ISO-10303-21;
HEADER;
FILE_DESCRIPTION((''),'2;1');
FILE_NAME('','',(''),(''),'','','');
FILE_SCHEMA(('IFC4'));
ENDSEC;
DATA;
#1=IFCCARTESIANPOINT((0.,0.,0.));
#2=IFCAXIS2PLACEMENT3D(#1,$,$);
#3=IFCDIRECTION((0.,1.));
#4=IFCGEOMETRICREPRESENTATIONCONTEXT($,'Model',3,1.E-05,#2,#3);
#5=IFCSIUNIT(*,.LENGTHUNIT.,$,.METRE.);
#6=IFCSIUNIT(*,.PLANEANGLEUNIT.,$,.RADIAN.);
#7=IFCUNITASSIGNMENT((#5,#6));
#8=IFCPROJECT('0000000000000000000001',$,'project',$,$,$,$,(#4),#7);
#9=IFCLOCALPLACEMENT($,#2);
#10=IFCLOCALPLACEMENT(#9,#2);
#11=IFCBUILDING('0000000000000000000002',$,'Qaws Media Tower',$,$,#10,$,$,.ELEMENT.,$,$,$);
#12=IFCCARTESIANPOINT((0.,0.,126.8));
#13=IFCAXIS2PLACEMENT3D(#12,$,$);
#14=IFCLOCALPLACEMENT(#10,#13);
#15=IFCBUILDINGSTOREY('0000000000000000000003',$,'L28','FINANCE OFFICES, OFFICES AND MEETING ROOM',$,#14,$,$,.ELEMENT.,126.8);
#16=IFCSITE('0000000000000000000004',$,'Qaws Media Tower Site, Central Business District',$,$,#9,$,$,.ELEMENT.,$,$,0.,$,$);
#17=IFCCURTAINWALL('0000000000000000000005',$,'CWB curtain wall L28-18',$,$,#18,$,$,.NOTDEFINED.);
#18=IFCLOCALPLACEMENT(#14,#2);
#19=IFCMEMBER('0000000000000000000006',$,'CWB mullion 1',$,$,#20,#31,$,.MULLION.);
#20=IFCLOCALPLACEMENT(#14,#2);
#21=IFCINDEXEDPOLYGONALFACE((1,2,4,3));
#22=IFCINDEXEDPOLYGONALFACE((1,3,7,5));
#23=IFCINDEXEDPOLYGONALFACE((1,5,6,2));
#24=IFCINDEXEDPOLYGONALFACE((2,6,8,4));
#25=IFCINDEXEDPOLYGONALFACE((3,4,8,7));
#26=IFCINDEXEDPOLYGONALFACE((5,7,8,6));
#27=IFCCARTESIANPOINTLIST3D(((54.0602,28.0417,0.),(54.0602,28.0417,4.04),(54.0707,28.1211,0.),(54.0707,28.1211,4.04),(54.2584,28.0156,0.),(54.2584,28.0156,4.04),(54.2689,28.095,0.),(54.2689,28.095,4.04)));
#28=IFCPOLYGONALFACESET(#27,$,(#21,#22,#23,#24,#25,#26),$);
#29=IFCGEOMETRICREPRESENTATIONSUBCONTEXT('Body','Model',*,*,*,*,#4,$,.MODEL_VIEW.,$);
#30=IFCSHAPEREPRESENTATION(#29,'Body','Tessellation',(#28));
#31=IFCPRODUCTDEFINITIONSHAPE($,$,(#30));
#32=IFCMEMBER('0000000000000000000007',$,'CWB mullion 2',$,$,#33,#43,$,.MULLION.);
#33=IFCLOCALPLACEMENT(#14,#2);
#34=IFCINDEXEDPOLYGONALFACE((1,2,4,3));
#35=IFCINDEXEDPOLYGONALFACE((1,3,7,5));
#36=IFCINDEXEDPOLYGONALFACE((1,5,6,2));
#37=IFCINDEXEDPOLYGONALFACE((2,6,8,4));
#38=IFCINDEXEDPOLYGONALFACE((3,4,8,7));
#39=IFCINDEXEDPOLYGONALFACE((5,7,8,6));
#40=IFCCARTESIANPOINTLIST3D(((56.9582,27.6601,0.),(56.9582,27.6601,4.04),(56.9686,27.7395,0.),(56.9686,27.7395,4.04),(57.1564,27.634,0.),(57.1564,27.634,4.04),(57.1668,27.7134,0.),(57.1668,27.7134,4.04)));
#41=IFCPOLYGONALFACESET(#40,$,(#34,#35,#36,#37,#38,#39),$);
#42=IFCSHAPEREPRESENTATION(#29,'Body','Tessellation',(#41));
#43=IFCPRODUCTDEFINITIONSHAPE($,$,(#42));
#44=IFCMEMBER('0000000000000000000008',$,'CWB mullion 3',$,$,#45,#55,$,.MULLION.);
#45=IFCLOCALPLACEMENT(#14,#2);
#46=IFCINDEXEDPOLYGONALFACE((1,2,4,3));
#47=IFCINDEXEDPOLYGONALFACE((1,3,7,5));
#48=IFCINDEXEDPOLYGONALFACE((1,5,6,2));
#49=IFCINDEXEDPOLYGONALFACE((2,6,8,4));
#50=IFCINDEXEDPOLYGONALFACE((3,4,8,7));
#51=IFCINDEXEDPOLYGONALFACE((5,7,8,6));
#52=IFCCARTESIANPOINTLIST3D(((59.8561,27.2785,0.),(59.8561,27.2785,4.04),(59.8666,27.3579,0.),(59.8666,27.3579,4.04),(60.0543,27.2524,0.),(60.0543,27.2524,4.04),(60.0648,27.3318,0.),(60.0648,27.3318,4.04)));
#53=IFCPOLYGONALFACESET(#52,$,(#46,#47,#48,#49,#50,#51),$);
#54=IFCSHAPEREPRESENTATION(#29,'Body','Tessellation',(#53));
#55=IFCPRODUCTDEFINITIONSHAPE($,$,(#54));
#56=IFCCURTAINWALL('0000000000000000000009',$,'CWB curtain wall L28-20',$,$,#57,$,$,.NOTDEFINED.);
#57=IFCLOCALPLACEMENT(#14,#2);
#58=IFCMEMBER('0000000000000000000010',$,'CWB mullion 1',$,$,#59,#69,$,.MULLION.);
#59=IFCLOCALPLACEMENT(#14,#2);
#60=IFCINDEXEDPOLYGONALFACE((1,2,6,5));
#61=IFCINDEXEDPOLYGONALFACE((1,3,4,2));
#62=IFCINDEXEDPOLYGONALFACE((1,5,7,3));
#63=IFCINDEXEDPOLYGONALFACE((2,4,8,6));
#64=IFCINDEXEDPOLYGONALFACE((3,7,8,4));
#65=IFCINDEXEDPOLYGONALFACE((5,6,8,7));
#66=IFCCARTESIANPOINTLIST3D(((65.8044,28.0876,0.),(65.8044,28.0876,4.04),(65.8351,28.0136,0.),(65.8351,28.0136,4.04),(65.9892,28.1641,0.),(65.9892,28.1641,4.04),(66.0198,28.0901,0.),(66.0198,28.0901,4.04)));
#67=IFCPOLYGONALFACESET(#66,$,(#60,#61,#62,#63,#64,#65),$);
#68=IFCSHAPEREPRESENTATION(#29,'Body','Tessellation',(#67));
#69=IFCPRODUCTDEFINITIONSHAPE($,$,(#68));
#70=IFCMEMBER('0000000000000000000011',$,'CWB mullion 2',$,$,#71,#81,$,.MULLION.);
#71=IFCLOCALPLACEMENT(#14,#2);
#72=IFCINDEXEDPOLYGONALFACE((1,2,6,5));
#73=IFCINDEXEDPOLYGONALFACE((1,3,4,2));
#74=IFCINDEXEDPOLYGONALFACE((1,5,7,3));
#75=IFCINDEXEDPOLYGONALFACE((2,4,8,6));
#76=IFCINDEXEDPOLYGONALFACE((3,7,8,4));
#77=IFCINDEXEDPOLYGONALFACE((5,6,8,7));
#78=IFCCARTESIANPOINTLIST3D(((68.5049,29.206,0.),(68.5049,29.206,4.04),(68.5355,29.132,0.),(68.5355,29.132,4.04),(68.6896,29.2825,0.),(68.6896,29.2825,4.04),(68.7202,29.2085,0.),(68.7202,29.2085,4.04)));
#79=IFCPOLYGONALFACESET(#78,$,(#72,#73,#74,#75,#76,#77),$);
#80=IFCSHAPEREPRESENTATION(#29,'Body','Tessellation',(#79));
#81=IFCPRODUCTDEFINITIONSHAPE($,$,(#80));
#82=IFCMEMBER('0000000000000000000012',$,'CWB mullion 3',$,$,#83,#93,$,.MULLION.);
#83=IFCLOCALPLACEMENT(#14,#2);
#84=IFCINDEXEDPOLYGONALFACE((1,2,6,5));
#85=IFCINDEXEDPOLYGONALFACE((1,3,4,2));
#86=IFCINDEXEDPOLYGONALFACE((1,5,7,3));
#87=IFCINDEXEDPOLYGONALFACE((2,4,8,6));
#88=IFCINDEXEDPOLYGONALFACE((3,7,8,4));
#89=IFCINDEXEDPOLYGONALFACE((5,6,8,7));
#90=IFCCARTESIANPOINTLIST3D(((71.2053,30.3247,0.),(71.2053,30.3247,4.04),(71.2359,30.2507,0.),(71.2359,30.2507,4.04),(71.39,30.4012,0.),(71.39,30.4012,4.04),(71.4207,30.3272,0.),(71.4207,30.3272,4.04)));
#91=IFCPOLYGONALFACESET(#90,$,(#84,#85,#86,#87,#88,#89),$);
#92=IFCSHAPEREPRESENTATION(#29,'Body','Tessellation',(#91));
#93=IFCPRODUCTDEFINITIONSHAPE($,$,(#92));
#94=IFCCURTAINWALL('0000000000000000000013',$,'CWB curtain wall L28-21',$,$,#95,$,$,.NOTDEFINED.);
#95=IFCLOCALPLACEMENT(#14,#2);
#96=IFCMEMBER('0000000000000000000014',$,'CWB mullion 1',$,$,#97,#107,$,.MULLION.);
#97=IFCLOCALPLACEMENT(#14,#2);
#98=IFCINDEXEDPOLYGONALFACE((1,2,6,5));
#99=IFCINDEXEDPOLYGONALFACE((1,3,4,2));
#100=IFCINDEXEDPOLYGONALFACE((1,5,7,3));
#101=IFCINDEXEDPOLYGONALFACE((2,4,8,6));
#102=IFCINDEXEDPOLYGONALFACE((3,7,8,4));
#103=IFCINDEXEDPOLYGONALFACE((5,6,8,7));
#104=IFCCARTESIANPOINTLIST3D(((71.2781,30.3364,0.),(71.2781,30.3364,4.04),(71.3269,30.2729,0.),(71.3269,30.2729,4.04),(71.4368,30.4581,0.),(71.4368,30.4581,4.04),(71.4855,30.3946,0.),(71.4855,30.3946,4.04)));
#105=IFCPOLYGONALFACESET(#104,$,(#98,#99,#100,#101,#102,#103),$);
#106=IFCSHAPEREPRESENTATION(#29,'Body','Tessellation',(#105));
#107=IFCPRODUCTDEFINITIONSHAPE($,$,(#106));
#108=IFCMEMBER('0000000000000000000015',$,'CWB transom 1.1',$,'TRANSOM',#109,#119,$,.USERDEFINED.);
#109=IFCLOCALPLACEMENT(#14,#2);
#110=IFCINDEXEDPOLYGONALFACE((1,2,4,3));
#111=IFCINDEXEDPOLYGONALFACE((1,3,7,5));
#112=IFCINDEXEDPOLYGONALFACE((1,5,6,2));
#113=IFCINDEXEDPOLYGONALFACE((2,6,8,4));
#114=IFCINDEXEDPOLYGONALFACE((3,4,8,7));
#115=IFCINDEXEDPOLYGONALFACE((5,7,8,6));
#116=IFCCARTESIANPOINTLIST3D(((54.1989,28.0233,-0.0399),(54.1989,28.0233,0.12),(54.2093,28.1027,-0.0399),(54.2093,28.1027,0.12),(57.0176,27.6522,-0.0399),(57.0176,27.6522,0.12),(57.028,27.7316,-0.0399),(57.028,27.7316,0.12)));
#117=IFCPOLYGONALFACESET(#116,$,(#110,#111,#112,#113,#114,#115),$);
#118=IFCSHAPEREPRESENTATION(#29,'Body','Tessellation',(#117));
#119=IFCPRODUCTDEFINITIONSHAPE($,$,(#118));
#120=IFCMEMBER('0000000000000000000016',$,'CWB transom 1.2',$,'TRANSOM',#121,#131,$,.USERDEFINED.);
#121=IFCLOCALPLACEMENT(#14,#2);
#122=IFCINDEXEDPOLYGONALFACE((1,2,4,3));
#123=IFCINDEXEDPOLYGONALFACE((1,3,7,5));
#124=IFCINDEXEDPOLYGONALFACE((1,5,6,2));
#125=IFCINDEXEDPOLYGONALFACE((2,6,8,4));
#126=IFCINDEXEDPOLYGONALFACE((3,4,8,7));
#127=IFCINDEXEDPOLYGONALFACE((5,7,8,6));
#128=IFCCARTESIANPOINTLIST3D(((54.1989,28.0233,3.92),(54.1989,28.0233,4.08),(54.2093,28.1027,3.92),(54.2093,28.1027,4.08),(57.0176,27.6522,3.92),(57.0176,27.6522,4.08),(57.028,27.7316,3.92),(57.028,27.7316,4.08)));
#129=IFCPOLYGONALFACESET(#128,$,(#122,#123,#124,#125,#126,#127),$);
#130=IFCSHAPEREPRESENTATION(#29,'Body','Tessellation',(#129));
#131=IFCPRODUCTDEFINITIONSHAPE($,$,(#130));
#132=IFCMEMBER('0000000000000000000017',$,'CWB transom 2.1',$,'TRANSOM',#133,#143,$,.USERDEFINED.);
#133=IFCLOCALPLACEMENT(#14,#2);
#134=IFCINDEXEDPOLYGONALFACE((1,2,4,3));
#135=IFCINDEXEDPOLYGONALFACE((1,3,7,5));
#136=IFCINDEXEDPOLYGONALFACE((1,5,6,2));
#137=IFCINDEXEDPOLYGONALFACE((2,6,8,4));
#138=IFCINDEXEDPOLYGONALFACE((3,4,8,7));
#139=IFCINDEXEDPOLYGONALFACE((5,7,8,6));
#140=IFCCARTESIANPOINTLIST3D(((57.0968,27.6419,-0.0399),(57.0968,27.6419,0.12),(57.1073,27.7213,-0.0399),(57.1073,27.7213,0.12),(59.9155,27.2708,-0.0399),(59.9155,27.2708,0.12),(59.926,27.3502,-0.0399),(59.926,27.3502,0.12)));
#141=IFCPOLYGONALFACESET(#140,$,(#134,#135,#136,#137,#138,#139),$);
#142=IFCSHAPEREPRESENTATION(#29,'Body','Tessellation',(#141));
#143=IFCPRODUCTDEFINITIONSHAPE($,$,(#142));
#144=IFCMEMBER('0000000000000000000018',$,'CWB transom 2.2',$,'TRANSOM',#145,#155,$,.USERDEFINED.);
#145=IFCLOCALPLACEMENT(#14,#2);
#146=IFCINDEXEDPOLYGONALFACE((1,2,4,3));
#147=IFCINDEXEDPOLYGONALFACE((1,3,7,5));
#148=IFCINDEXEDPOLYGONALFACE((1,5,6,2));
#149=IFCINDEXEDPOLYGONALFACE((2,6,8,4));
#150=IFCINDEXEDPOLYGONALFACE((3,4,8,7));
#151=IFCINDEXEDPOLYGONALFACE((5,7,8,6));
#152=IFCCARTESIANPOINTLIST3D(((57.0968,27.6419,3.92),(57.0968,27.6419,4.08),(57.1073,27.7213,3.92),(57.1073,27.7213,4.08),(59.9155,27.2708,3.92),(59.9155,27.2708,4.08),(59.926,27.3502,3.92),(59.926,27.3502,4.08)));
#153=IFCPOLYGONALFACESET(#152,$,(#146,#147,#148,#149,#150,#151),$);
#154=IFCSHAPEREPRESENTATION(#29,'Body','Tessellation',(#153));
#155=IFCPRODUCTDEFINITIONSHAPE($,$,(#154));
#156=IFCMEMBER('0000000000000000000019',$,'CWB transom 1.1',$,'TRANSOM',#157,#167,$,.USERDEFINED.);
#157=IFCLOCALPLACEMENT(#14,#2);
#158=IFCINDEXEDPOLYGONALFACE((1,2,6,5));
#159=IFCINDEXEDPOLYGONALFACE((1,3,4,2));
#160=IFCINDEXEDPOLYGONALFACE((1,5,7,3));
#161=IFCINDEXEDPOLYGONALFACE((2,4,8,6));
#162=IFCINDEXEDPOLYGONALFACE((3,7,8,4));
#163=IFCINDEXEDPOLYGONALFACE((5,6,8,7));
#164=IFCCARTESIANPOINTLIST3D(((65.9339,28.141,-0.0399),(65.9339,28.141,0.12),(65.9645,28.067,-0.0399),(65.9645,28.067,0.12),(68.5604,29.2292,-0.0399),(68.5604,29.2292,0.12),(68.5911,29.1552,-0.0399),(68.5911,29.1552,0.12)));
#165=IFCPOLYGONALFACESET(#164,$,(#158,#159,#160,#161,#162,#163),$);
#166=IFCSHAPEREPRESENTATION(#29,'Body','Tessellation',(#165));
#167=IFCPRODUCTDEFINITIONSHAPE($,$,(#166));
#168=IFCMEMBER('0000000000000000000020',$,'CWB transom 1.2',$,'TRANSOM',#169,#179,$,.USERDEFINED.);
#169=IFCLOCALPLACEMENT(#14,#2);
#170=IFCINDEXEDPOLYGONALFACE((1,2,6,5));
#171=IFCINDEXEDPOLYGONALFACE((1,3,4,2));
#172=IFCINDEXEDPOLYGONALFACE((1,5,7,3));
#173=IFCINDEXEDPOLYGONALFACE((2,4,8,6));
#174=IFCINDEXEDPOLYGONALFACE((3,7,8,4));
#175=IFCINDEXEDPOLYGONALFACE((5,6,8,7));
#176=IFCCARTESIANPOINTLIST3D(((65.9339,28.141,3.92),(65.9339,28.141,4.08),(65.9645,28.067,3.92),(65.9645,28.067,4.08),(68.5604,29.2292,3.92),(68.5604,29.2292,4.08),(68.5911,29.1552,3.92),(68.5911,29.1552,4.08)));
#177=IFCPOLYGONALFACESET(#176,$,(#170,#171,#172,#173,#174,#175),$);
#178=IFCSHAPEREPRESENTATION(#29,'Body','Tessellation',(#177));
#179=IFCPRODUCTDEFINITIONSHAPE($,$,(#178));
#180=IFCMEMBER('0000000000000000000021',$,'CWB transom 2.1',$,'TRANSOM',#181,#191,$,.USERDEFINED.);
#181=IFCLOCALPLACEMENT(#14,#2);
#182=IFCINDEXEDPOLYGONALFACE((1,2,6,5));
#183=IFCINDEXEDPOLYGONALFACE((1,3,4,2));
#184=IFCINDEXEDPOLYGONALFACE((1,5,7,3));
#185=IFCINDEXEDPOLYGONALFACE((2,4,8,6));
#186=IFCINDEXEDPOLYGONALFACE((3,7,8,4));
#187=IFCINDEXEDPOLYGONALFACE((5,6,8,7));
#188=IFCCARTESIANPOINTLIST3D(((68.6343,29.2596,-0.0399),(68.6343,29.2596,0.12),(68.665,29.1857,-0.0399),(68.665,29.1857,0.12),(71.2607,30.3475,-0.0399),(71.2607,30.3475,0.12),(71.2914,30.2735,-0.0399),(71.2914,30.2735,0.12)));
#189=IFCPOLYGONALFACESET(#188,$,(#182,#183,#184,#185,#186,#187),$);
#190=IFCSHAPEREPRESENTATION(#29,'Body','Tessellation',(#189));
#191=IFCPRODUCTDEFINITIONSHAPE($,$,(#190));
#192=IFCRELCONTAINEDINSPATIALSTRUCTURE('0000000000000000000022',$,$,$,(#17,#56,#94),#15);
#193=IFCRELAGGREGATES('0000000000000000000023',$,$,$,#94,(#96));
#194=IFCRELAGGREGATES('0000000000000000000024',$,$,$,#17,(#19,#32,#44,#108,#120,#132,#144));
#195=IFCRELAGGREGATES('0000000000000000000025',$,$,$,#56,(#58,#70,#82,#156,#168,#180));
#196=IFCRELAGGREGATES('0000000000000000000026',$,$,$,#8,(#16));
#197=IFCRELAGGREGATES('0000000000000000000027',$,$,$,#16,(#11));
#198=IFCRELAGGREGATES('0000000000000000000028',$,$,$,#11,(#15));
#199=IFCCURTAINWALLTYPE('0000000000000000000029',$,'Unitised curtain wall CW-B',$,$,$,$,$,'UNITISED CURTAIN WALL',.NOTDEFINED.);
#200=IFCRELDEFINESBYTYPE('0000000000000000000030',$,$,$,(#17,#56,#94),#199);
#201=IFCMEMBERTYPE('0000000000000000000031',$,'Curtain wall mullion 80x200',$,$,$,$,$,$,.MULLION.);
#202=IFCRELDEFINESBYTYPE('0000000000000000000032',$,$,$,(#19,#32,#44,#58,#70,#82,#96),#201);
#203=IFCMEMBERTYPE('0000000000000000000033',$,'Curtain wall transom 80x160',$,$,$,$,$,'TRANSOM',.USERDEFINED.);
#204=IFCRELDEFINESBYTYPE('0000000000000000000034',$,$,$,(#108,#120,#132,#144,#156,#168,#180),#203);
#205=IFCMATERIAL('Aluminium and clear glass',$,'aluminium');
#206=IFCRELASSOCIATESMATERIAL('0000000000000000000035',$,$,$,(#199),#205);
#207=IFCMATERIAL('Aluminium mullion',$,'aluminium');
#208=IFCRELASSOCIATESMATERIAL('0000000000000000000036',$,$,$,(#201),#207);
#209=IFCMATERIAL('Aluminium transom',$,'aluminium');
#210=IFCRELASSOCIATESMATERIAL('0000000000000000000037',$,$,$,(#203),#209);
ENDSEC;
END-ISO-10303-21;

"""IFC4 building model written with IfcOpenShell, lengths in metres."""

from ifc_helpers import new_model, si_unit, direction, frame, origin, origin_2d, place, context, subcontext, project, spatial, rectangle, extrude, material, material_profile, profile_set, type_object, element, aggregate, save


model = new_model("IFC4")

# Units and contexts
model_context = context("Model", 3, precision=1e-05, world=origin(), true_north=direction((0.0, 1.0)))
body_context = subcontext(model_context, "Body", "Model", "MODEL_VIEW")
ifc_project = project(units=[si_unit("LENGTHUNIT", "METRE"), si_unit("PLANEANGLEUNIT", "RADIAN")], contexts=[model_context])

# Site, building, storey
site_placement = place(None, origin())
site = spatial("IfcSite", under=ifc_project, at=site_placement, Name="Qaws Media Tower Site, Central Business District", CompositionType="ELEMENT", RefElevation=0.0)
building_placement = place(site_placement, origin())
building = spatial("IfcBuilding", under=site, at=building_placement, Name="Qaws Media Tower", CompositionType="ELEMENT")
storey_placement = place(building_placement, frame((0.0, 0.0, 126.8)))
storey = spatial("IfcBuildingStorey", under=building, at=storey_placement, Name="L28", Description="FINANCE OFFICES, OFFICES AND MEETING ROOM", CompositionType="ELEMENT", Elevation=126.8)

# Curtain walls, members
ifc_material_1 = material(Name="Aluminium and clear glass", Category="aluminium")
curtain_wall_type = type_object("IfcCurtainWallType", Name="Unitised curtain wall CW-B", ElementType="UNITISED CURTAIN WALL", PredefinedType="NOTDEFINED", material=ifc_material_1)
curtain_wall_1_placement = place(storey_placement, origin())
curtain_wall_1 = element("IfcCurtainWall", 1, at=curtain_wall_1_placement, inside=storey, type_object=curtain_wall_type, Name="CWB curtain wall L28-18", PredefinedType="NOTDEFINED")
ifc_material_2 = material(Name="Aluminium mullion", Category="aluminium")
ifc_material_profile_1 = material_profile(ifc_material_2, rectangle(XDim=0.0801, YDim=0.2, at=origin_2d()), Name="80x200")
ifc_profile_set_1 = profile_set([ifc_material_profile_1], Name="Aluminium mullion")
member_type_1 = type_object("IfcMemberType", Name="Curtain wall mullion 80x200", PredefinedType="MULLION", material=ifc_profile_set_1)
member_1_placement = place(storey_placement, frame((54.1646, 28.0684, 0.0), z_axis=(0.0, 0.0, 1.0), x_axis=(0.130526, 0.991445, 0.0)))
member_1 = element("IfcMember", 2, at=member_1_placement, type_object=member_type_1, Name="CWB mullion 1", PredefinedType="MULLION", context=body_context, shape_type="SweptSolid", body=[
    extrude(rectangle(XDim=0.0801, YDim=0.2, at=origin_2d()), origin(), (0.0, 0.0, 1.0), 4.04),
])
member_2_placement = place(storey_placement, frame((57.0625, 27.6868, 0.0), z_axis=(0.0, 0.0, 1.0), x_axis=(0.130526, 0.991445, 0.0)))
member_2 = element("IfcMember", 3, at=member_2_placement, type_object=member_type_1, Name="CWB mullion 2", PredefinedType="MULLION", context=body_context, shape_type="SweptSolid", body=[
    extrude(rectangle(XDim=0.0801, YDim=0.2, at=origin_2d()), origin(), (0.0, 0.0, 1.0), 4.04),
])
member_3_placement = place(storey_placement, frame((59.9604, 27.3052, 0.0), z_axis=(0.0, 0.0, 1.0), x_axis=(0.130526, 0.991445, 0.0)))
member_3 = element("IfcMember", 4, at=member_3_placement, type_object=member_type_1, Name="CWB mullion 3", PredefinedType="MULLION", context=body_context, shape_type="SweptSolid", body=[
    extrude(rectangle(XDim=0.0801, YDim=0.2, at=origin_2d()), origin(), (0.0, 0.0, 1.0), 4.04),
])
curtain_wall_2_placement = place(storey_placement, origin())
curtain_wall_2 = element("IfcCurtainWall", 5, at=curtain_wall_2_placement, inside=storey, type_object=curtain_wall_type, Name="CWB curtain wall L28-20", PredefinedType="NOTDEFINED")
member_4_placement = place(storey_placement, frame((65.9121, 28.0889, 0.0), z_axis=(0.0, 0.0, 1.0), x_axis=(-0.382683, 0.92388, 0.0)))
member_4 = element("IfcMember", 6, at=member_4_placement, type_object=member_type_1, Name="CWB mullion 1", PredefinedType="MULLION", context=body_context, shape_type="SweptSolid", body=[
    extrude(rectangle(XDim=0.0801, YDim=0.2, at=origin_2d()), origin(), (0.0, 0.0, 1.0), 4.04),
])
member_5_placement = place(storey_placement, frame((68.6125, 29.2073, 0.0), z_axis=(0.0, 0.0, 1.0), x_axis=(-0.382683, 0.92388, 0.0)))
member_5 = element("IfcMember", 7, at=member_5_placement, type_object=member_type_1, Name="CWB mullion 2", PredefinedType="MULLION", context=body_context, shape_type="SweptSolid", body=[
    extrude(rectangle(XDim=0.0801, YDim=0.2, at=origin_2d()), origin(), (0.0, 0.0, 1.0), 4.04),
])
member_6_placement = place(storey_placement, frame((71.313, 30.3259, 0.0), z_axis=(0.0, 0.0, 1.0), x_axis=(-0.382683, 0.92388, 0.0)))
member_6 = element("IfcMember", 8, at=member_6_placement, type_object=member_type_1, Name="CWB mullion 3", PredefinedType="MULLION", context=body_context, shape_type="SweptSolid", body=[
    extrude(rectangle(XDim=0.0801, YDim=0.2, at=origin_2d()), origin(), (0.0, 0.0, 1.0), 4.04),
])

# Curtain wall, member
curtain_wall_3_placement = place(storey_placement, origin())
curtain_wall_3 = element("IfcCurtainWall", 9, at=curtain_wall_3_placement, inside=storey, type_object=curtain_wall_type, Name="CWB curtain wall L28-21", PredefinedType="NOTDEFINED")
member_7_placement = place(storey_placement, frame((71.3818, 30.3655, 0.0), z_axis=(0.0, 0.0, 1.0), x_axis=(-0.608761, 0.793353, 0.0)))
member_7 = element("IfcMember", 10, at=member_7_placement, type_object=member_type_1, Name="CWB mullion 1", PredefinedType="MULLION", context=body_context, shape_type="SweptSolid", body=[
    extrude(rectangle(XDim=0.0801, YDim=0.2, at=origin_2d()), origin(), (0.0, 0.0, 1.0), 4.04),
])
aggregate(curtain_wall_3, [member_7])

# Members
ifc_material_3 = material(Name="Aluminium transom", Category="aluminium")
ifc_material_profile_2 = material_profile(ifc_material_3, rectangle(XDim=0.0801, YDim=0.1599, at=origin_2d()), Name="80x160")
ifc_profile_set_2 = profile_set([ifc_material_profile_2], Name="Aluminium transom")
member_type_2 = type_object("IfcMemberType", Name="Curtain wall transom 80x160", ElementType="TRANSOM", PredefinedType="USERDEFINED", material=ifc_profile_set_2)
member_8_placement = place(storey_placement, frame((54.2041, 28.063, 0.04), z_axis=(0.991444, -0.130532, 0.0), x_axis=(0.130532, 0.991444, 0.0)))
member_8 = element("IfcMember", 11, at=member_8_placement, type_object=member_type_2, Name="CWB transom 1.1", ObjectType="TRANSOM", PredefinedType="USERDEFINED", context=body_context, shape_type="SweptSolid", body=[
    extrude(rectangle(XDim=0.0801, YDim=0.1599, at=origin_2d()), origin(), (0.0, 0.0, 1.0), 2.843),
])
member_9_placement = place(storey_placement, frame((54.2041, 28.063, 4.0), z_axis=(0.991444, -0.130532, 0.0), x_axis=(0.130532, 0.991444, 0.0)))
member_9 = element("IfcMember", 12, at=member_9_placement, type_object=member_type_2, Name="CWB transom 1.2", ObjectType="TRANSOM", PredefinedType="USERDEFINED", context=body_context, shape_type="SweptSolid", body=[
    extrude(rectangle(XDim=0.0801, YDim=0.1599, at=origin_2d()), origin(), (0.0, 0.0, 1.0), 2.843),
])
member_10_placement = place(storey_placement, frame((57.1021, 27.6816, 0.04), z_axis=(0.991444, -0.130532, 0.0), x_axis=(0.130532, 0.991444, 0.0)))
member_10 = element("IfcMember", 13, at=member_10_placement, type_object=member_type_2, Name="CWB transom 2.1", ObjectType="TRANSOM", PredefinedType="USERDEFINED", context=body_context, shape_type="SweptSolid", body=[
    extrude(rectangle(XDim=0.0801, YDim=0.1599, at=origin_2d()), origin(), (0.0, 0.0, 1.0), 2.843),
])
member_11_placement = place(storey_placement, frame((57.1021, 27.6816, 4.0), z_axis=(0.991444, -0.130532, 0.0), x_axis=(0.130532, 0.991444, 0.0)))
member_11 = element("IfcMember", 14, at=member_11_placement, type_object=member_type_2, Name="CWB transom 2.2", ObjectType="TRANSOM", PredefinedType="USERDEFINED", context=body_context, shape_type="SweptSolid", body=[
    extrude(rectangle(XDim=0.0801, YDim=0.1599, at=origin_2d()), origin(), (0.0, 0.0, 1.0), 2.843),
])
member_12_placement = place(storey_placement, frame((65.9492, 28.104, 0.04), z_axis=(0.923852, 0.382749, 0.0), x_axis=(-0.382749, 0.923852, 0.0)))
member_12 = element("IfcMember", 15, at=member_12_placement, type_object=member_type_2, Name="CWB transom 1.1", ObjectType="TRANSOM", PredefinedType="USERDEFINED", context=body_context, shape_type="SweptSolid", body=[
    extrude(rectangle(XDim=0.0801, YDim=0.1599, at=origin_2d()), origin(), (0.0, 0.0, 1.0), 2.843),
])
member_13_placement = place(storey_placement, frame((65.9492, 28.104, 4.0), z_axis=(0.923852, 0.382749, 0.0), x_axis=(-0.382749, 0.923852, 0.0)))
member_13 = element("IfcMember", 16, at=member_13_placement, type_object=member_type_2, Name="CWB transom 1.2", ObjectType="TRANSOM", PredefinedType="USERDEFINED", context=body_context, shape_type="SweptSolid", body=[
    extrude(rectangle(XDim=0.0801, YDim=0.1599, at=origin_2d()), origin(), (0.0, 0.0, 1.0), 2.843),
])
member_14_placement = place(storey_placement, frame((68.6497, 29.2227, 0.04), z_axis=(0.923883, 0.382675, 0.0), x_axis=(-0.382675, 0.923883, 0.0)))
member_14 = element("IfcMember", 17, at=member_14_placement, type_object=member_type_2, Name="CWB transom 2.1", ObjectType="TRANSOM", PredefinedType="USERDEFINED", context=body_context, shape_type="SweptSolid", body=[
    extrude(rectangle(XDim=0.0801, YDim=0.1599, at=origin_2d()), origin(), (0.0, 0.0, 1.0), 2.8428),
])

aggregate(curtain_wall_1, [member_1, member_2, member_3, member_8, member_9, member_10, member_11])
aggregate(curtain_wall_2, [member_4, member_5, member_6, member_12, member_13, member_14])

save(model, "model.ifc")
